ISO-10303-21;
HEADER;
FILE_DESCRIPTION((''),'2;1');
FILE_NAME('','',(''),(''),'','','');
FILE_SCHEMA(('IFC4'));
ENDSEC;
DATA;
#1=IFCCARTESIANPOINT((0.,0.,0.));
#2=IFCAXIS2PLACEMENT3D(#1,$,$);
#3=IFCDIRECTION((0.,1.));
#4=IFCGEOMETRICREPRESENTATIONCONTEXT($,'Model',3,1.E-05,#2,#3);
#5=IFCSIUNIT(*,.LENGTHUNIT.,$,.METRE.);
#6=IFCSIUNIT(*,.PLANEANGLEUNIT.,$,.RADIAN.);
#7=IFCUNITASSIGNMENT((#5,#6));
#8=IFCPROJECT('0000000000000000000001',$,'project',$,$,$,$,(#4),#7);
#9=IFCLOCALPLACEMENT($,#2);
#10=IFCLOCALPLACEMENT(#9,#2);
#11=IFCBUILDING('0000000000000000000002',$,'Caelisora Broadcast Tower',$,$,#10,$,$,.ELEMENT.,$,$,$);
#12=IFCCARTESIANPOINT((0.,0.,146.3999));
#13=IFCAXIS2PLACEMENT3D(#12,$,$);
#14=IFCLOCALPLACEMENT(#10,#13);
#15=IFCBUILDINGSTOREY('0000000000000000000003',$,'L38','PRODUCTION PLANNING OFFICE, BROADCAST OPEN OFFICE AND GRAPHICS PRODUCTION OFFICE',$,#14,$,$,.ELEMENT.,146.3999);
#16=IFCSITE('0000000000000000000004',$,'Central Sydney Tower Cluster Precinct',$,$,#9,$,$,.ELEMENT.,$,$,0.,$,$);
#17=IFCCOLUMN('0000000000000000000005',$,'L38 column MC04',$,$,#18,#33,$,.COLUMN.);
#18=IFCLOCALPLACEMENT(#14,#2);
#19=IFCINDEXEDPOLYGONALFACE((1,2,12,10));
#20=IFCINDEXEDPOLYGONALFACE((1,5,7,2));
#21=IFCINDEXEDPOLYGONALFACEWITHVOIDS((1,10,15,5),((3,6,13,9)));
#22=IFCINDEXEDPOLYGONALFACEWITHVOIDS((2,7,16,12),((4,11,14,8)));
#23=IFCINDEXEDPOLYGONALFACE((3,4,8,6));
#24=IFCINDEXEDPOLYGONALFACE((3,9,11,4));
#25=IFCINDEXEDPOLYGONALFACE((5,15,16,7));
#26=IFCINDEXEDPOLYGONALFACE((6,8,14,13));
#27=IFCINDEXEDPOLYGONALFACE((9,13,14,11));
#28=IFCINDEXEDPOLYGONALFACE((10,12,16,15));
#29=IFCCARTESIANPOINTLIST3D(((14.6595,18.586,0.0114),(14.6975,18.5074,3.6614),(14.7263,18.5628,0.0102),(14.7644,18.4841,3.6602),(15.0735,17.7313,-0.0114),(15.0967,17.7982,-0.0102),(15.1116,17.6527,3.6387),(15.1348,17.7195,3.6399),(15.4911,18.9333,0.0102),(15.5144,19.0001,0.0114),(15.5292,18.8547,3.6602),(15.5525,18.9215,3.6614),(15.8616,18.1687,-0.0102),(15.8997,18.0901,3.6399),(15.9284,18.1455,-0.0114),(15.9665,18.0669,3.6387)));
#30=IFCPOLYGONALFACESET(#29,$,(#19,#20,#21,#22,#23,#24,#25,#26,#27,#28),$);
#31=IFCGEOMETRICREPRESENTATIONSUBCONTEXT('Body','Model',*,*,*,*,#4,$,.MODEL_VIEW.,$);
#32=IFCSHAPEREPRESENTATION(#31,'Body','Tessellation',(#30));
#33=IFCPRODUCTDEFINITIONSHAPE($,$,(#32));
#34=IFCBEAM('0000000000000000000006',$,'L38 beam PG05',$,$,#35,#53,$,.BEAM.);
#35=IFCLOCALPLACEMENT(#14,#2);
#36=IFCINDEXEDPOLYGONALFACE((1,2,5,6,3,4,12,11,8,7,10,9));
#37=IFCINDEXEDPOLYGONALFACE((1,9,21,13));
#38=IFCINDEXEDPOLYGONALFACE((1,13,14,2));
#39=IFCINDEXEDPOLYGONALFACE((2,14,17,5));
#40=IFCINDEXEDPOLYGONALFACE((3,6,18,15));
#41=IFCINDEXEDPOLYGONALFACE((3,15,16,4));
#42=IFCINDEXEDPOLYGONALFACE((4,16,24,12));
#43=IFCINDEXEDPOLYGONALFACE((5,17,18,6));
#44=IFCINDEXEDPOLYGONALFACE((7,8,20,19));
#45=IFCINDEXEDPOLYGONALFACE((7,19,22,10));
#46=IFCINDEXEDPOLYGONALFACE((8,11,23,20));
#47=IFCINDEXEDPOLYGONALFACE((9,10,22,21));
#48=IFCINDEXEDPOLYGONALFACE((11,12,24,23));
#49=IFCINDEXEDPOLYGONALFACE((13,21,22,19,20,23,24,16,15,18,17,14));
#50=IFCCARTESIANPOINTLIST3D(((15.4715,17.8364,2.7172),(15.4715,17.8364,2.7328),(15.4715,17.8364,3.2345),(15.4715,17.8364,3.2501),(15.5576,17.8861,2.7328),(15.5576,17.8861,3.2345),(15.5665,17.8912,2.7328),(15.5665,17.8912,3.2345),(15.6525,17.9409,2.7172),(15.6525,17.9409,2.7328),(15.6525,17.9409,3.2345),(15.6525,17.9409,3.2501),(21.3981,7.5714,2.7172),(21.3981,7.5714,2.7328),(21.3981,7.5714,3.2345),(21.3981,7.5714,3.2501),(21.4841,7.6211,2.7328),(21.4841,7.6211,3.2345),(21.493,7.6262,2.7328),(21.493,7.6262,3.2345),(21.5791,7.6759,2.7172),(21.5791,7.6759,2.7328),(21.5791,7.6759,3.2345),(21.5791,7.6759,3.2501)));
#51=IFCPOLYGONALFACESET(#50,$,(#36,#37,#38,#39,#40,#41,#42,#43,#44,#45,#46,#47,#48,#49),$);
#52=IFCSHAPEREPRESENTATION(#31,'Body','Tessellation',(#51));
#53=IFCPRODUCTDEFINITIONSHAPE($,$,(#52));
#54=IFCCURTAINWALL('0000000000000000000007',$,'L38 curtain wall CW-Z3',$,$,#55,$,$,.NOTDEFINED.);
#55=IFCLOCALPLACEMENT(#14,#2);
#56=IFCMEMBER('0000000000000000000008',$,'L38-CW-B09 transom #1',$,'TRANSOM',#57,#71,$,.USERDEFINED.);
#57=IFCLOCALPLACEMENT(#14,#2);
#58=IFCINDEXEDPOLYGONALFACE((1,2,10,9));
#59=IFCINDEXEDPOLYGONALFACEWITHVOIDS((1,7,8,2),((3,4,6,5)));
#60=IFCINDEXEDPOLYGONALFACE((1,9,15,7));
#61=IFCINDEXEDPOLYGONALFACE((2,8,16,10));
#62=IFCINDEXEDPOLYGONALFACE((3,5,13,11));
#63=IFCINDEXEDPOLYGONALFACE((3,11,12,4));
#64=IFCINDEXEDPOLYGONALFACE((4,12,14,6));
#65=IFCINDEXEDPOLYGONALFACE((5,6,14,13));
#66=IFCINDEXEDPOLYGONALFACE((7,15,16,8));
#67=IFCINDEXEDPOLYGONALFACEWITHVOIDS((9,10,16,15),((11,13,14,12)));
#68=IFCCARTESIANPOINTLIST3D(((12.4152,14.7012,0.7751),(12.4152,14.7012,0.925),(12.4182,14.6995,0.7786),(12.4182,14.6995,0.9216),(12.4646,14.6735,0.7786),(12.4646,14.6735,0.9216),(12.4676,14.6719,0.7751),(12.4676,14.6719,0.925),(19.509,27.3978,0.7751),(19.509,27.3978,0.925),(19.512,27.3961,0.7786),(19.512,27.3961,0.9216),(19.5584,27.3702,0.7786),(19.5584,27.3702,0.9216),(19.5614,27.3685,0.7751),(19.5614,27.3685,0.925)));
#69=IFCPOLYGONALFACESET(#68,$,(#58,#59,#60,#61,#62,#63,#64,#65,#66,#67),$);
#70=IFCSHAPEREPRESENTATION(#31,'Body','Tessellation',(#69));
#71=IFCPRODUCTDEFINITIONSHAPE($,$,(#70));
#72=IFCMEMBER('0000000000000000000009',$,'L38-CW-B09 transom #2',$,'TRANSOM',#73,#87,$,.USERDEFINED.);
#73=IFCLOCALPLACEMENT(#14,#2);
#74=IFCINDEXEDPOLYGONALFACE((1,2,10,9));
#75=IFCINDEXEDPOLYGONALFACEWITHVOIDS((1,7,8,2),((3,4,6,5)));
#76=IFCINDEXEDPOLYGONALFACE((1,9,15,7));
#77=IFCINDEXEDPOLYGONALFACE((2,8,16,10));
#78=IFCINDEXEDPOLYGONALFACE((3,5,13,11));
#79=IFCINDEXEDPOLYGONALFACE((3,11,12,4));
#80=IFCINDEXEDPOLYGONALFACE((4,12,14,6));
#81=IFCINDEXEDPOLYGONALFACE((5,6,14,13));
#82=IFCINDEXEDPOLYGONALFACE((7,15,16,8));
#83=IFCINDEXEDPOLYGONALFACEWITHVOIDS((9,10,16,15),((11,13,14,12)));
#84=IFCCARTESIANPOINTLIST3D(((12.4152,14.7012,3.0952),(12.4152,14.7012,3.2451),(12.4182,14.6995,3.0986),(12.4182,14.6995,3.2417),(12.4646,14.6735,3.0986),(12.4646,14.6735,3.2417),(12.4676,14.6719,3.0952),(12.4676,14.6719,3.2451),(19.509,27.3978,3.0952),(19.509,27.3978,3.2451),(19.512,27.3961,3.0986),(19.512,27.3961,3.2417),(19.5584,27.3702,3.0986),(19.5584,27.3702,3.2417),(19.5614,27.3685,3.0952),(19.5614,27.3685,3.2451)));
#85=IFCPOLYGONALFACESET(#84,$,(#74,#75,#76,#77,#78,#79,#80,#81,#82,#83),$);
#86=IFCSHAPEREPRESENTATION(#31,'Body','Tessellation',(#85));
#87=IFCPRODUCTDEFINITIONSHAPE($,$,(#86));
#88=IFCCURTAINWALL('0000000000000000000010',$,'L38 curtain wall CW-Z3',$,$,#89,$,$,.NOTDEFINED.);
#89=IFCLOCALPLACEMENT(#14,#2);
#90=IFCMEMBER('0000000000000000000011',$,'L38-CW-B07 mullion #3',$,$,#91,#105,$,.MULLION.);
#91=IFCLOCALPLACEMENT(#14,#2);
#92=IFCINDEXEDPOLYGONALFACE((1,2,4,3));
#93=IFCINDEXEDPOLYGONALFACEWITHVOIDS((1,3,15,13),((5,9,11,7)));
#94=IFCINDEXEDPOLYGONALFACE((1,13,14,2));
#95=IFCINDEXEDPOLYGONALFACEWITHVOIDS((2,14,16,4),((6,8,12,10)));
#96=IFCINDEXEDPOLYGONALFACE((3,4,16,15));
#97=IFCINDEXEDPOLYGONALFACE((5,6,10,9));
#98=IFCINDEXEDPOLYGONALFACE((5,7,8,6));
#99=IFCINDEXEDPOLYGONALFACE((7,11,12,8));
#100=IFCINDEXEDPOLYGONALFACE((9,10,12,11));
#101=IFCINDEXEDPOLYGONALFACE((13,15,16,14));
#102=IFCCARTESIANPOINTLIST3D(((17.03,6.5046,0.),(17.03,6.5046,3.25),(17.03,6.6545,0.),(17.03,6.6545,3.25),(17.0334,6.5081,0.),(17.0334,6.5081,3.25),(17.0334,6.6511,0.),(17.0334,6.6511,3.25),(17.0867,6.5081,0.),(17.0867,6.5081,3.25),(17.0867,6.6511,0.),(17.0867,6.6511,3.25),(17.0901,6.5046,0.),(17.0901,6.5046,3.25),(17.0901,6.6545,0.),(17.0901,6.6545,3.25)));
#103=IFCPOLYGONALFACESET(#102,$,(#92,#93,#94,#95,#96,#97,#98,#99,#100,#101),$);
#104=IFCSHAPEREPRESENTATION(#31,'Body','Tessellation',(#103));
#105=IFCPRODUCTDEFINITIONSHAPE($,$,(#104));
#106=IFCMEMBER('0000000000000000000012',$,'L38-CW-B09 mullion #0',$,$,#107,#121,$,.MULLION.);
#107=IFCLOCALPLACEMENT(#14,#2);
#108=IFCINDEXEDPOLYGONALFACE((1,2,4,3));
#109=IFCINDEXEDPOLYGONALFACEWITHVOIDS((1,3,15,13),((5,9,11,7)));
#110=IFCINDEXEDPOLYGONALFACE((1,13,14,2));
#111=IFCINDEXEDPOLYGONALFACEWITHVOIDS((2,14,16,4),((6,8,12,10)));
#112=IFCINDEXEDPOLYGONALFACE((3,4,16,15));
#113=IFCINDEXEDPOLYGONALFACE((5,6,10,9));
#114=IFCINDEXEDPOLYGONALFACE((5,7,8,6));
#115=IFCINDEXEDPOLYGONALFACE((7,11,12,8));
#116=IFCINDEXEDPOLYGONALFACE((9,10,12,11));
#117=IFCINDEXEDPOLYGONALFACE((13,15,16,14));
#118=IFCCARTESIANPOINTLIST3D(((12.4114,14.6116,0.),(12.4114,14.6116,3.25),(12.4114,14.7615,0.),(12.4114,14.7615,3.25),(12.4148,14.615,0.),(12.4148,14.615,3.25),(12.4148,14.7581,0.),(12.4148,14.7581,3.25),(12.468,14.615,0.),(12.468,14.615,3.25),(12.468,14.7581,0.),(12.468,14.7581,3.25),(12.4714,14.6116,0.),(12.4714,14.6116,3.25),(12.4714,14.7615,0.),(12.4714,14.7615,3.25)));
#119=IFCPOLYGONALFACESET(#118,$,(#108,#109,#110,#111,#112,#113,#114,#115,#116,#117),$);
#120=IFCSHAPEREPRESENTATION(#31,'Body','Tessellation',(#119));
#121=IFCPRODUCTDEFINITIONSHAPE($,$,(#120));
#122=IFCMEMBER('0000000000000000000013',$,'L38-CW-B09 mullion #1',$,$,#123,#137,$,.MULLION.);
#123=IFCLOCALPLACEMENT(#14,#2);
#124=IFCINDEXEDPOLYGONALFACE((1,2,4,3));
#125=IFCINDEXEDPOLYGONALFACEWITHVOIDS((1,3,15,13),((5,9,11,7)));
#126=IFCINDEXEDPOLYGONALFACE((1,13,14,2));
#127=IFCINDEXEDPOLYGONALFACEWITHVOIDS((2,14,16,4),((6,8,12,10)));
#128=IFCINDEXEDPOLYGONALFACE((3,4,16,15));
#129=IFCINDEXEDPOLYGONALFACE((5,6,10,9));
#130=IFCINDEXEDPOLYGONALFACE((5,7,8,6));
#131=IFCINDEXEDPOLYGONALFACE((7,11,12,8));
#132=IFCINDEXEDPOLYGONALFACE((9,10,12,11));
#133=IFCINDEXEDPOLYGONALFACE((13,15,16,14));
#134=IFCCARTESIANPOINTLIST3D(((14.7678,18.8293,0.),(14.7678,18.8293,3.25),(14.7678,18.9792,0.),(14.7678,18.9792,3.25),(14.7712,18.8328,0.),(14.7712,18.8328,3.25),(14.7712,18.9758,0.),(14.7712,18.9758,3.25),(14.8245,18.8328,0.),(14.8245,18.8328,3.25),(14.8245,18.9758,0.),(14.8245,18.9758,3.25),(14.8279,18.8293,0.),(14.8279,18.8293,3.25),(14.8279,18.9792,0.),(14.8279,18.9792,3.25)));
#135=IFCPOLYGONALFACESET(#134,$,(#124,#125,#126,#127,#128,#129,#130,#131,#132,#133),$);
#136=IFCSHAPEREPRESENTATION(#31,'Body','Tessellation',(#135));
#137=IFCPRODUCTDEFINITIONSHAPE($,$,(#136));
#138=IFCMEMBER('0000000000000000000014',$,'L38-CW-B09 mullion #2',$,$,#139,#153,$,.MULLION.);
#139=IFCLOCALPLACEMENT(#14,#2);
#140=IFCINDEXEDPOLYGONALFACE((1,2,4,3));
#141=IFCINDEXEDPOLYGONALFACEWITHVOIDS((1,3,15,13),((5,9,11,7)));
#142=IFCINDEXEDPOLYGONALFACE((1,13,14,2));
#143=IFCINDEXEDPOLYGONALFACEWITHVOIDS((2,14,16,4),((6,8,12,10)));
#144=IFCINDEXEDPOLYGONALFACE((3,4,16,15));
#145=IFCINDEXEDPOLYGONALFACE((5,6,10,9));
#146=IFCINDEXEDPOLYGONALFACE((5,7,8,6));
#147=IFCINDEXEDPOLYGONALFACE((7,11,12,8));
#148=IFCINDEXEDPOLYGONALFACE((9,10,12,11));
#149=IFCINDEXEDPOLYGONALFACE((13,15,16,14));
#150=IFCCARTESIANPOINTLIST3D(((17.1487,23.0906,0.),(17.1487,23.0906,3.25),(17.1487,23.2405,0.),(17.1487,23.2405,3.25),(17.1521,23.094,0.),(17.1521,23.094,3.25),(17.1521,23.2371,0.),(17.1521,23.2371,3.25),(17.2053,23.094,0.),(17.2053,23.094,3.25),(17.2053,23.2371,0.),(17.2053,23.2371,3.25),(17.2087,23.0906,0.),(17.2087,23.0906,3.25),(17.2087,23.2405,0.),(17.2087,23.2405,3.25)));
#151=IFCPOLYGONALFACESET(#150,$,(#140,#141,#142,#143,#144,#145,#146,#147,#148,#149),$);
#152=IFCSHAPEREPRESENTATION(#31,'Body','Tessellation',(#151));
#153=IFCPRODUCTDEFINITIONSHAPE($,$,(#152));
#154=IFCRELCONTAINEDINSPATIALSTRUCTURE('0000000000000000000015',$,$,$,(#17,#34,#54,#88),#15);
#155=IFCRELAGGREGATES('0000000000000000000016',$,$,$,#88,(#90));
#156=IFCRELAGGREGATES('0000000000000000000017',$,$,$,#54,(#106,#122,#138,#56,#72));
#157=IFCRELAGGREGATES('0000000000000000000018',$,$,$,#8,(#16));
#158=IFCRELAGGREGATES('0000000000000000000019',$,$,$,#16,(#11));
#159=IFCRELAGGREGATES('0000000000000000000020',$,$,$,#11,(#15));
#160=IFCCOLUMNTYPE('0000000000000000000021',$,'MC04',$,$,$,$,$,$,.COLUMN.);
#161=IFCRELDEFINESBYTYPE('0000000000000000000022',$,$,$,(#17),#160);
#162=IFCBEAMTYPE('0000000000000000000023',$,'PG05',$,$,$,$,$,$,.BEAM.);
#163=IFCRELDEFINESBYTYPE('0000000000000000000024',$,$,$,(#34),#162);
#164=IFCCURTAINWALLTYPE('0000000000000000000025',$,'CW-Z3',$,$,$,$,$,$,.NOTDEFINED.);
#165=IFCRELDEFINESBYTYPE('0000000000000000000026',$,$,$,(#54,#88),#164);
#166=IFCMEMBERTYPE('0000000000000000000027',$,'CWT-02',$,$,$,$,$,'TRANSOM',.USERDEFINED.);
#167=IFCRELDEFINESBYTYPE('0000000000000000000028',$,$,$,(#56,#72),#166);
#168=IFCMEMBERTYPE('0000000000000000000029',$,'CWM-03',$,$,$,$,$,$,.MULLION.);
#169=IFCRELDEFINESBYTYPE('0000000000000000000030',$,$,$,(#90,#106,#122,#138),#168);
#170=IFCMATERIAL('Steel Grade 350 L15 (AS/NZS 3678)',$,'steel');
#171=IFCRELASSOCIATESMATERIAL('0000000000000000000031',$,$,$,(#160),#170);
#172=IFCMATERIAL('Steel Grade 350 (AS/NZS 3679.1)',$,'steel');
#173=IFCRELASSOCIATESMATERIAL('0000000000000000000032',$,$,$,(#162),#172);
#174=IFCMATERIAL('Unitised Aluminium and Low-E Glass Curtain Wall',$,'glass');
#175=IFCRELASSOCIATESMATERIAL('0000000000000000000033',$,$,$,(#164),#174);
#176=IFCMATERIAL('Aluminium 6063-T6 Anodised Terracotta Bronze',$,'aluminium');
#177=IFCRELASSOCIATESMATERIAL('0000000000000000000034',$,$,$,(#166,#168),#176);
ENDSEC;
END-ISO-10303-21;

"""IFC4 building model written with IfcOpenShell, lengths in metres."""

from ifc_helpers import new_model, si_unit, direction, frame, origin, origin_2d, place, context, subcontext, project, spatial, hollow_rectangle, i_section, extrude, source, transform, mapped, material, material_profile, profile_set, type_object, type_shapes, element, aggregate, save


model = new_model("IFC4")

# Units and contexts
model_context = context("Model", 3, precision=1e-05, world=origin(), true_north=direction((0.0, 1.0)))
body_context = subcontext(model_context, "Body", "Model", "MODEL_VIEW")
ifc_project = project(units=[si_unit("LENGTHUNIT", "METRE"), si_unit("PLANEANGLEUNIT", "RADIAN")], contexts=[model_context])

# Site, building, storey
site_placement = place(None, origin())
site = spatial("IfcSite", under=ifc_project, at=site_placement, Name="Central Sydney Tower Cluster Precinct", CompositionType="ELEMENT", RefElevation=0.0)
building_placement = place(site_placement, origin())
building = spatial("IfcBuilding", under=site, at=building_placement, Name="Caelisora Broadcast Tower", CompositionType="ELEMENT")
storey_placement = place(building_placement, frame((0.0, 0.0, 146.3999)))
storey = spatial("IfcBuildingStorey", under=building, at=storey_placement, Name="L38", Description="PRODUCTION PLANNING OFFICE, BROADCAST OPEN OFFICE AND GRAPHICS PRODUCTION OFFICE", CompositionType="ELEMENT", Elevation=146.3999)

# Column
ifc_material_1 = material(Name="Steel Grade 350 L15 (AS/NZS 3678)", Category="steel")
ifc_material_profile_1 = material_profile(ifc_material_1, hollow_rectangle(XDim=0.95, YDim=0.95, WallThickness=0.05, at=origin_2d()), Name="Steel Grade 350 L15 (AS/NZS 3678)")
ifc_profile_set_1 = profile_set([ifc_material_profile_1], Name="Steel Grade 350 L15 (AS/NZS 3678)")
column_type = type_object("IfcColumnType", Name="MC04", PredefinedType="COLUMN", material=ifc_profile_set_1)
shared_shape_1 = source(origin(), body_context, "Body", "SweptSolid", [
    extrude(hollow_rectangle(XDim=0.95, YDim=0.95, WallThickness=0.05, at=origin_2d()), origin(), (0.0, 0.0, 1.0), 3.6511),
])
type_shapes(column_type, [shared_shape_1])
column_placement = place(storey_placement, frame((15.2939, 18.3657, 0.0), z_axis=(0.010431, -0.021531, 0.999714), x_axis=(0.899947, 0.435999, 0.0)))
element("IfcColumn", 1, at=column_placement, inside=storey, type_object=column_type, Name="L38 column MC04", PredefinedType="COLUMN", context=body_context, shape_type="MappedRepresentation", body=[
    mapped(shared_shape_1, transform((0.0, 0.0, 0.0), scale=1.0)),
])

# Beam
ifc_material_2 = material(Name="Steel Grade 350 (AS/NZS 3679.1)", Category="steel")
ifc_material_profile_2 = material_profile(ifc_material_2, i_section(OverallWidth=0.209, OverallDepth=0.533, WebThickness=0.0103, FlangeThickness=0.0156, at=origin_2d()), Name="Steel Grade 350 (AS/NZS 3679.1)")
ifc_profile_set_2 = profile_set([ifc_material_profile_2], Name="Steel Grade 350 (AS/NZS 3679.1)")
beam_type = type_object("IfcBeamType", Name="PG05", PredefinedType="BEAM", material=ifc_profile_set_2)
shared_shape_2 = source(origin(), body_context, "Body", "SweptSolid", [
    extrude(i_section(OverallWidth=0.209, OverallDepth=0.533, WebThickness=0.0103, FlangeThickness=0.0156, at=origin_2d()), origin(), (0.0, 0.0, 1.0), 11.853),
])
type_shapes(beam_type, [shared_shape_2])
beam_placement = place(storey_placement, frame((15.562, 17.8887, 2.9836), z_axis=(0.500005, -0.866023, 0.0), x_axis=(0.866023, 0.500005, 0.0)))
element("IfcBeam", 2, at=beam_placement, inside=storey, type_object=beam_type, Name="L38 beam PG05", PredefinedType="BEAM", context=body_context, shape_type="MappedRepresentation", body=[
    mapped(shared_shape_2, transform((0.0, 0.0, 0.0), scale=1.0)),
])

# Curtain wall, members
ifc_material_3 = material(Name="Unitised Aluminium and Low-E Glass Curtain Wall", Category="glass")
curtain_wall_type = type_object("IfcCurtainWallType", Name="CW-Z3", PredefinedType="NOTDEFINED", material=ifc_material_3)
curtain_wall_1_placement = place(storey_placement, origin())
curtain_wall_1 = element("IfcCurtainWall", 3, at=curtain_wall_1_placement, inside=storey, type_object=curtain_wall_type, Name="L38 curtain wall CW-Z3", PredefinedType="NOTDEFINED")
ifc_material_4 = material(Name="Aluminium 6063-T6 Anodised Terracotta Bronze", Category="aluminium")
ifc_material_profile_3 = material_profile(ifc_material_4, hollow_rectangle(XDim=0.0601, YDim=0.1499, WallThickness=0.0034, at=origin_2d()), Name="Aluminium 6063-T6 Anodised Terracotta Bronze")
ifc_profile_set_3 = profile_set([ifc_material_profile_3], Name="Aluminium 6063-T6 Anodised Terracotta Bronze")
member_type_1 = type_object("IfcMemberType", Name="CWT-02", ElementType="TRANSOM", PredefinedType="USERDEFINED", material=ifc_profile_set_3)
shared_shape_3 = source(origin(), body_context, "Body", "SweptSolid", [
    extrude(hollow_rectangle(XDim=0.0601, YDim=0.1499, WallThickness=0.0034, at=origin_2d()), origin(), (0.0, 0.0, 1.0), 14.5439),
])
type_shapes(member_type_1, [shared_shape_3])
member_1_placement = place(storey_placement, frame((12.4414, 14.6865, 0.8501), z_axis=(0.487749, 0.872984, 0.0), x_axis=(-0.872984, 0.487749, 0.0)))
member_1 = element("IfcMember", 4, at=member_1_placement, type_object=member_type_1, Name="L38-CW-B09 transom #1", ObjectType="TRANSOM", PredefinedType="USERDEFINED", context=body_context, shape_type="MappedRepresentation", body=[
    mapped(shared_shape_3, transform((0.0, 0.0, 0.0), scale=1.0)),
])
member_2_placement = place(storey_placement, frame((12.4414, 14.6865, 3.1702), z_axis=(0.487749, 0.872984, 0.0), x_axis=(-0.872984, 0.487749, 0.0)))
member_2 = element("IfcMember", 5, at=member_2_placement, type_object=member_type_1, Name="L38-CW-B09 transom #2", ObjectType="TRANSOM", PredefinedType="USERDEFINED", context=body_context, shape_type="MappedRepresentation", body=[
    mapped(shared_shape_3, transform((0.0, 0.0, 0.0), scale=1.0)),
])

# Curtain wall, member
curtain_wall_2_placement = place(storey_placement, origin())
curtain_wall_2 = element("IfcCurtainWall", 6, at=curtain_wall_2_placement, inside=storey, type_object=curtain_wall_type, Name="L38 curtain wall CW-Z3", PredefinedType="NOTDEFINED")
ifc_material_profile_4 = material_profile(ifc_material_4, hollow_rectangle(XDim=0.0601, YDim=0.1499, WallThickness=0.0034, at=origin_2d()), Name="Aluminium 6063-T6 Anodised Terracotta Bronze")
ifc_profile_set_4 = profile_set([ifc_material_profile_4], Name="Aluminium 6063-T6 Anodised Terracotta Bronze")
member_type_2 = type_object("IfcMemberType", Name="CWM-03", PredefinedType="MULLION", material=ifc_profile_set_4)
shared_shape_4 = source(origin(), body_context, "Body", "SweptSolid", [
    extrude(hollow_rectangle(XDim=0.0601, YDim=0.1499, WallThickness=0.0034, at=origin_2d()), origin(), (0.0, 0.0, 1.0), 3.25),
])
type_shapes(member_type_2, [shared_shape_4])
member_3_placement = place(storey_placement, frame((17.0601, 6.5796, 0.0), z_axis=(0.0, 0.0, 1.0), x_axis=(1.0, 0.0, 0.0)))
member_3 = element("IfcMember", 7, at=member_3_placement, type_object=member_type_2, Name="L38-CW-B07 mullion #3", PredefinedType="MULLION", context=body_context, shape_type="MappedRepresentation", body=[
    mapped(shared_shape_4, transform((0.0, 0.0, 0.0), scale=1.0)),
])
aggregate(curtain_wall_2, [member_3])

# Members
member_4_placement = place(storey_placement, frame((12.4414, 14.6865, 0.0), z_axis=(0.0, 0.0, 1.0), x_axis=(1.0, 0.0, 0.0)))
member_4 = element("IfcMember", 8, at=member_4_placement, type_object=member_type_2, Name="L38-CW-B09 mullion #0", PredefinedType="MULLION", context=body_context, shape_type="MappedRepresentation", body=[
    mapped(shared_shape_4, transform((0.0, 0.0, 0.0), scale=1.0)),
])
member_5_placement = place(storey_placement, frame((14.7979, 18.9043, 0.0), z_axis=(0.0, 0.0, 1.0), x_axis=(1.0, 0.0, 0.0)))
member_5 = element("IfcMember", 9, at=member_5_placement, type_object=member_type_2, Name="L38-CW-B09 mullion #1", PredefinedType="MULLION", context=body_context, shape_type="MappedRepresentation", body=[
    mapped(shared_shape_4, transform((0.0, 0.0, 0.0), scale=1.0)),
])
member_6_placement = place(storey_placement, frame((17.1787, 23.1655, 0.0), z_axis=(0.0, 0.0, 1.0), x_axis=(1.0, 0.0, 0.0)))
member_6 = element("IfcMember", 10, at=member_6_placement, type_object=member_type_2, Name="L38-CW-B09 mullion #2", PredefinedType="MULLION", context=body_context, shape_type="MappedRepresentation", body=[
    mapped(shared_shape_4, transform((0.0, 0.0, 0.0), scale=1.0)),
])

aggregate(curtain_wall_1, [member_4, member_5, member_6, member_1, member_2])

save(model, "model.ifc")
